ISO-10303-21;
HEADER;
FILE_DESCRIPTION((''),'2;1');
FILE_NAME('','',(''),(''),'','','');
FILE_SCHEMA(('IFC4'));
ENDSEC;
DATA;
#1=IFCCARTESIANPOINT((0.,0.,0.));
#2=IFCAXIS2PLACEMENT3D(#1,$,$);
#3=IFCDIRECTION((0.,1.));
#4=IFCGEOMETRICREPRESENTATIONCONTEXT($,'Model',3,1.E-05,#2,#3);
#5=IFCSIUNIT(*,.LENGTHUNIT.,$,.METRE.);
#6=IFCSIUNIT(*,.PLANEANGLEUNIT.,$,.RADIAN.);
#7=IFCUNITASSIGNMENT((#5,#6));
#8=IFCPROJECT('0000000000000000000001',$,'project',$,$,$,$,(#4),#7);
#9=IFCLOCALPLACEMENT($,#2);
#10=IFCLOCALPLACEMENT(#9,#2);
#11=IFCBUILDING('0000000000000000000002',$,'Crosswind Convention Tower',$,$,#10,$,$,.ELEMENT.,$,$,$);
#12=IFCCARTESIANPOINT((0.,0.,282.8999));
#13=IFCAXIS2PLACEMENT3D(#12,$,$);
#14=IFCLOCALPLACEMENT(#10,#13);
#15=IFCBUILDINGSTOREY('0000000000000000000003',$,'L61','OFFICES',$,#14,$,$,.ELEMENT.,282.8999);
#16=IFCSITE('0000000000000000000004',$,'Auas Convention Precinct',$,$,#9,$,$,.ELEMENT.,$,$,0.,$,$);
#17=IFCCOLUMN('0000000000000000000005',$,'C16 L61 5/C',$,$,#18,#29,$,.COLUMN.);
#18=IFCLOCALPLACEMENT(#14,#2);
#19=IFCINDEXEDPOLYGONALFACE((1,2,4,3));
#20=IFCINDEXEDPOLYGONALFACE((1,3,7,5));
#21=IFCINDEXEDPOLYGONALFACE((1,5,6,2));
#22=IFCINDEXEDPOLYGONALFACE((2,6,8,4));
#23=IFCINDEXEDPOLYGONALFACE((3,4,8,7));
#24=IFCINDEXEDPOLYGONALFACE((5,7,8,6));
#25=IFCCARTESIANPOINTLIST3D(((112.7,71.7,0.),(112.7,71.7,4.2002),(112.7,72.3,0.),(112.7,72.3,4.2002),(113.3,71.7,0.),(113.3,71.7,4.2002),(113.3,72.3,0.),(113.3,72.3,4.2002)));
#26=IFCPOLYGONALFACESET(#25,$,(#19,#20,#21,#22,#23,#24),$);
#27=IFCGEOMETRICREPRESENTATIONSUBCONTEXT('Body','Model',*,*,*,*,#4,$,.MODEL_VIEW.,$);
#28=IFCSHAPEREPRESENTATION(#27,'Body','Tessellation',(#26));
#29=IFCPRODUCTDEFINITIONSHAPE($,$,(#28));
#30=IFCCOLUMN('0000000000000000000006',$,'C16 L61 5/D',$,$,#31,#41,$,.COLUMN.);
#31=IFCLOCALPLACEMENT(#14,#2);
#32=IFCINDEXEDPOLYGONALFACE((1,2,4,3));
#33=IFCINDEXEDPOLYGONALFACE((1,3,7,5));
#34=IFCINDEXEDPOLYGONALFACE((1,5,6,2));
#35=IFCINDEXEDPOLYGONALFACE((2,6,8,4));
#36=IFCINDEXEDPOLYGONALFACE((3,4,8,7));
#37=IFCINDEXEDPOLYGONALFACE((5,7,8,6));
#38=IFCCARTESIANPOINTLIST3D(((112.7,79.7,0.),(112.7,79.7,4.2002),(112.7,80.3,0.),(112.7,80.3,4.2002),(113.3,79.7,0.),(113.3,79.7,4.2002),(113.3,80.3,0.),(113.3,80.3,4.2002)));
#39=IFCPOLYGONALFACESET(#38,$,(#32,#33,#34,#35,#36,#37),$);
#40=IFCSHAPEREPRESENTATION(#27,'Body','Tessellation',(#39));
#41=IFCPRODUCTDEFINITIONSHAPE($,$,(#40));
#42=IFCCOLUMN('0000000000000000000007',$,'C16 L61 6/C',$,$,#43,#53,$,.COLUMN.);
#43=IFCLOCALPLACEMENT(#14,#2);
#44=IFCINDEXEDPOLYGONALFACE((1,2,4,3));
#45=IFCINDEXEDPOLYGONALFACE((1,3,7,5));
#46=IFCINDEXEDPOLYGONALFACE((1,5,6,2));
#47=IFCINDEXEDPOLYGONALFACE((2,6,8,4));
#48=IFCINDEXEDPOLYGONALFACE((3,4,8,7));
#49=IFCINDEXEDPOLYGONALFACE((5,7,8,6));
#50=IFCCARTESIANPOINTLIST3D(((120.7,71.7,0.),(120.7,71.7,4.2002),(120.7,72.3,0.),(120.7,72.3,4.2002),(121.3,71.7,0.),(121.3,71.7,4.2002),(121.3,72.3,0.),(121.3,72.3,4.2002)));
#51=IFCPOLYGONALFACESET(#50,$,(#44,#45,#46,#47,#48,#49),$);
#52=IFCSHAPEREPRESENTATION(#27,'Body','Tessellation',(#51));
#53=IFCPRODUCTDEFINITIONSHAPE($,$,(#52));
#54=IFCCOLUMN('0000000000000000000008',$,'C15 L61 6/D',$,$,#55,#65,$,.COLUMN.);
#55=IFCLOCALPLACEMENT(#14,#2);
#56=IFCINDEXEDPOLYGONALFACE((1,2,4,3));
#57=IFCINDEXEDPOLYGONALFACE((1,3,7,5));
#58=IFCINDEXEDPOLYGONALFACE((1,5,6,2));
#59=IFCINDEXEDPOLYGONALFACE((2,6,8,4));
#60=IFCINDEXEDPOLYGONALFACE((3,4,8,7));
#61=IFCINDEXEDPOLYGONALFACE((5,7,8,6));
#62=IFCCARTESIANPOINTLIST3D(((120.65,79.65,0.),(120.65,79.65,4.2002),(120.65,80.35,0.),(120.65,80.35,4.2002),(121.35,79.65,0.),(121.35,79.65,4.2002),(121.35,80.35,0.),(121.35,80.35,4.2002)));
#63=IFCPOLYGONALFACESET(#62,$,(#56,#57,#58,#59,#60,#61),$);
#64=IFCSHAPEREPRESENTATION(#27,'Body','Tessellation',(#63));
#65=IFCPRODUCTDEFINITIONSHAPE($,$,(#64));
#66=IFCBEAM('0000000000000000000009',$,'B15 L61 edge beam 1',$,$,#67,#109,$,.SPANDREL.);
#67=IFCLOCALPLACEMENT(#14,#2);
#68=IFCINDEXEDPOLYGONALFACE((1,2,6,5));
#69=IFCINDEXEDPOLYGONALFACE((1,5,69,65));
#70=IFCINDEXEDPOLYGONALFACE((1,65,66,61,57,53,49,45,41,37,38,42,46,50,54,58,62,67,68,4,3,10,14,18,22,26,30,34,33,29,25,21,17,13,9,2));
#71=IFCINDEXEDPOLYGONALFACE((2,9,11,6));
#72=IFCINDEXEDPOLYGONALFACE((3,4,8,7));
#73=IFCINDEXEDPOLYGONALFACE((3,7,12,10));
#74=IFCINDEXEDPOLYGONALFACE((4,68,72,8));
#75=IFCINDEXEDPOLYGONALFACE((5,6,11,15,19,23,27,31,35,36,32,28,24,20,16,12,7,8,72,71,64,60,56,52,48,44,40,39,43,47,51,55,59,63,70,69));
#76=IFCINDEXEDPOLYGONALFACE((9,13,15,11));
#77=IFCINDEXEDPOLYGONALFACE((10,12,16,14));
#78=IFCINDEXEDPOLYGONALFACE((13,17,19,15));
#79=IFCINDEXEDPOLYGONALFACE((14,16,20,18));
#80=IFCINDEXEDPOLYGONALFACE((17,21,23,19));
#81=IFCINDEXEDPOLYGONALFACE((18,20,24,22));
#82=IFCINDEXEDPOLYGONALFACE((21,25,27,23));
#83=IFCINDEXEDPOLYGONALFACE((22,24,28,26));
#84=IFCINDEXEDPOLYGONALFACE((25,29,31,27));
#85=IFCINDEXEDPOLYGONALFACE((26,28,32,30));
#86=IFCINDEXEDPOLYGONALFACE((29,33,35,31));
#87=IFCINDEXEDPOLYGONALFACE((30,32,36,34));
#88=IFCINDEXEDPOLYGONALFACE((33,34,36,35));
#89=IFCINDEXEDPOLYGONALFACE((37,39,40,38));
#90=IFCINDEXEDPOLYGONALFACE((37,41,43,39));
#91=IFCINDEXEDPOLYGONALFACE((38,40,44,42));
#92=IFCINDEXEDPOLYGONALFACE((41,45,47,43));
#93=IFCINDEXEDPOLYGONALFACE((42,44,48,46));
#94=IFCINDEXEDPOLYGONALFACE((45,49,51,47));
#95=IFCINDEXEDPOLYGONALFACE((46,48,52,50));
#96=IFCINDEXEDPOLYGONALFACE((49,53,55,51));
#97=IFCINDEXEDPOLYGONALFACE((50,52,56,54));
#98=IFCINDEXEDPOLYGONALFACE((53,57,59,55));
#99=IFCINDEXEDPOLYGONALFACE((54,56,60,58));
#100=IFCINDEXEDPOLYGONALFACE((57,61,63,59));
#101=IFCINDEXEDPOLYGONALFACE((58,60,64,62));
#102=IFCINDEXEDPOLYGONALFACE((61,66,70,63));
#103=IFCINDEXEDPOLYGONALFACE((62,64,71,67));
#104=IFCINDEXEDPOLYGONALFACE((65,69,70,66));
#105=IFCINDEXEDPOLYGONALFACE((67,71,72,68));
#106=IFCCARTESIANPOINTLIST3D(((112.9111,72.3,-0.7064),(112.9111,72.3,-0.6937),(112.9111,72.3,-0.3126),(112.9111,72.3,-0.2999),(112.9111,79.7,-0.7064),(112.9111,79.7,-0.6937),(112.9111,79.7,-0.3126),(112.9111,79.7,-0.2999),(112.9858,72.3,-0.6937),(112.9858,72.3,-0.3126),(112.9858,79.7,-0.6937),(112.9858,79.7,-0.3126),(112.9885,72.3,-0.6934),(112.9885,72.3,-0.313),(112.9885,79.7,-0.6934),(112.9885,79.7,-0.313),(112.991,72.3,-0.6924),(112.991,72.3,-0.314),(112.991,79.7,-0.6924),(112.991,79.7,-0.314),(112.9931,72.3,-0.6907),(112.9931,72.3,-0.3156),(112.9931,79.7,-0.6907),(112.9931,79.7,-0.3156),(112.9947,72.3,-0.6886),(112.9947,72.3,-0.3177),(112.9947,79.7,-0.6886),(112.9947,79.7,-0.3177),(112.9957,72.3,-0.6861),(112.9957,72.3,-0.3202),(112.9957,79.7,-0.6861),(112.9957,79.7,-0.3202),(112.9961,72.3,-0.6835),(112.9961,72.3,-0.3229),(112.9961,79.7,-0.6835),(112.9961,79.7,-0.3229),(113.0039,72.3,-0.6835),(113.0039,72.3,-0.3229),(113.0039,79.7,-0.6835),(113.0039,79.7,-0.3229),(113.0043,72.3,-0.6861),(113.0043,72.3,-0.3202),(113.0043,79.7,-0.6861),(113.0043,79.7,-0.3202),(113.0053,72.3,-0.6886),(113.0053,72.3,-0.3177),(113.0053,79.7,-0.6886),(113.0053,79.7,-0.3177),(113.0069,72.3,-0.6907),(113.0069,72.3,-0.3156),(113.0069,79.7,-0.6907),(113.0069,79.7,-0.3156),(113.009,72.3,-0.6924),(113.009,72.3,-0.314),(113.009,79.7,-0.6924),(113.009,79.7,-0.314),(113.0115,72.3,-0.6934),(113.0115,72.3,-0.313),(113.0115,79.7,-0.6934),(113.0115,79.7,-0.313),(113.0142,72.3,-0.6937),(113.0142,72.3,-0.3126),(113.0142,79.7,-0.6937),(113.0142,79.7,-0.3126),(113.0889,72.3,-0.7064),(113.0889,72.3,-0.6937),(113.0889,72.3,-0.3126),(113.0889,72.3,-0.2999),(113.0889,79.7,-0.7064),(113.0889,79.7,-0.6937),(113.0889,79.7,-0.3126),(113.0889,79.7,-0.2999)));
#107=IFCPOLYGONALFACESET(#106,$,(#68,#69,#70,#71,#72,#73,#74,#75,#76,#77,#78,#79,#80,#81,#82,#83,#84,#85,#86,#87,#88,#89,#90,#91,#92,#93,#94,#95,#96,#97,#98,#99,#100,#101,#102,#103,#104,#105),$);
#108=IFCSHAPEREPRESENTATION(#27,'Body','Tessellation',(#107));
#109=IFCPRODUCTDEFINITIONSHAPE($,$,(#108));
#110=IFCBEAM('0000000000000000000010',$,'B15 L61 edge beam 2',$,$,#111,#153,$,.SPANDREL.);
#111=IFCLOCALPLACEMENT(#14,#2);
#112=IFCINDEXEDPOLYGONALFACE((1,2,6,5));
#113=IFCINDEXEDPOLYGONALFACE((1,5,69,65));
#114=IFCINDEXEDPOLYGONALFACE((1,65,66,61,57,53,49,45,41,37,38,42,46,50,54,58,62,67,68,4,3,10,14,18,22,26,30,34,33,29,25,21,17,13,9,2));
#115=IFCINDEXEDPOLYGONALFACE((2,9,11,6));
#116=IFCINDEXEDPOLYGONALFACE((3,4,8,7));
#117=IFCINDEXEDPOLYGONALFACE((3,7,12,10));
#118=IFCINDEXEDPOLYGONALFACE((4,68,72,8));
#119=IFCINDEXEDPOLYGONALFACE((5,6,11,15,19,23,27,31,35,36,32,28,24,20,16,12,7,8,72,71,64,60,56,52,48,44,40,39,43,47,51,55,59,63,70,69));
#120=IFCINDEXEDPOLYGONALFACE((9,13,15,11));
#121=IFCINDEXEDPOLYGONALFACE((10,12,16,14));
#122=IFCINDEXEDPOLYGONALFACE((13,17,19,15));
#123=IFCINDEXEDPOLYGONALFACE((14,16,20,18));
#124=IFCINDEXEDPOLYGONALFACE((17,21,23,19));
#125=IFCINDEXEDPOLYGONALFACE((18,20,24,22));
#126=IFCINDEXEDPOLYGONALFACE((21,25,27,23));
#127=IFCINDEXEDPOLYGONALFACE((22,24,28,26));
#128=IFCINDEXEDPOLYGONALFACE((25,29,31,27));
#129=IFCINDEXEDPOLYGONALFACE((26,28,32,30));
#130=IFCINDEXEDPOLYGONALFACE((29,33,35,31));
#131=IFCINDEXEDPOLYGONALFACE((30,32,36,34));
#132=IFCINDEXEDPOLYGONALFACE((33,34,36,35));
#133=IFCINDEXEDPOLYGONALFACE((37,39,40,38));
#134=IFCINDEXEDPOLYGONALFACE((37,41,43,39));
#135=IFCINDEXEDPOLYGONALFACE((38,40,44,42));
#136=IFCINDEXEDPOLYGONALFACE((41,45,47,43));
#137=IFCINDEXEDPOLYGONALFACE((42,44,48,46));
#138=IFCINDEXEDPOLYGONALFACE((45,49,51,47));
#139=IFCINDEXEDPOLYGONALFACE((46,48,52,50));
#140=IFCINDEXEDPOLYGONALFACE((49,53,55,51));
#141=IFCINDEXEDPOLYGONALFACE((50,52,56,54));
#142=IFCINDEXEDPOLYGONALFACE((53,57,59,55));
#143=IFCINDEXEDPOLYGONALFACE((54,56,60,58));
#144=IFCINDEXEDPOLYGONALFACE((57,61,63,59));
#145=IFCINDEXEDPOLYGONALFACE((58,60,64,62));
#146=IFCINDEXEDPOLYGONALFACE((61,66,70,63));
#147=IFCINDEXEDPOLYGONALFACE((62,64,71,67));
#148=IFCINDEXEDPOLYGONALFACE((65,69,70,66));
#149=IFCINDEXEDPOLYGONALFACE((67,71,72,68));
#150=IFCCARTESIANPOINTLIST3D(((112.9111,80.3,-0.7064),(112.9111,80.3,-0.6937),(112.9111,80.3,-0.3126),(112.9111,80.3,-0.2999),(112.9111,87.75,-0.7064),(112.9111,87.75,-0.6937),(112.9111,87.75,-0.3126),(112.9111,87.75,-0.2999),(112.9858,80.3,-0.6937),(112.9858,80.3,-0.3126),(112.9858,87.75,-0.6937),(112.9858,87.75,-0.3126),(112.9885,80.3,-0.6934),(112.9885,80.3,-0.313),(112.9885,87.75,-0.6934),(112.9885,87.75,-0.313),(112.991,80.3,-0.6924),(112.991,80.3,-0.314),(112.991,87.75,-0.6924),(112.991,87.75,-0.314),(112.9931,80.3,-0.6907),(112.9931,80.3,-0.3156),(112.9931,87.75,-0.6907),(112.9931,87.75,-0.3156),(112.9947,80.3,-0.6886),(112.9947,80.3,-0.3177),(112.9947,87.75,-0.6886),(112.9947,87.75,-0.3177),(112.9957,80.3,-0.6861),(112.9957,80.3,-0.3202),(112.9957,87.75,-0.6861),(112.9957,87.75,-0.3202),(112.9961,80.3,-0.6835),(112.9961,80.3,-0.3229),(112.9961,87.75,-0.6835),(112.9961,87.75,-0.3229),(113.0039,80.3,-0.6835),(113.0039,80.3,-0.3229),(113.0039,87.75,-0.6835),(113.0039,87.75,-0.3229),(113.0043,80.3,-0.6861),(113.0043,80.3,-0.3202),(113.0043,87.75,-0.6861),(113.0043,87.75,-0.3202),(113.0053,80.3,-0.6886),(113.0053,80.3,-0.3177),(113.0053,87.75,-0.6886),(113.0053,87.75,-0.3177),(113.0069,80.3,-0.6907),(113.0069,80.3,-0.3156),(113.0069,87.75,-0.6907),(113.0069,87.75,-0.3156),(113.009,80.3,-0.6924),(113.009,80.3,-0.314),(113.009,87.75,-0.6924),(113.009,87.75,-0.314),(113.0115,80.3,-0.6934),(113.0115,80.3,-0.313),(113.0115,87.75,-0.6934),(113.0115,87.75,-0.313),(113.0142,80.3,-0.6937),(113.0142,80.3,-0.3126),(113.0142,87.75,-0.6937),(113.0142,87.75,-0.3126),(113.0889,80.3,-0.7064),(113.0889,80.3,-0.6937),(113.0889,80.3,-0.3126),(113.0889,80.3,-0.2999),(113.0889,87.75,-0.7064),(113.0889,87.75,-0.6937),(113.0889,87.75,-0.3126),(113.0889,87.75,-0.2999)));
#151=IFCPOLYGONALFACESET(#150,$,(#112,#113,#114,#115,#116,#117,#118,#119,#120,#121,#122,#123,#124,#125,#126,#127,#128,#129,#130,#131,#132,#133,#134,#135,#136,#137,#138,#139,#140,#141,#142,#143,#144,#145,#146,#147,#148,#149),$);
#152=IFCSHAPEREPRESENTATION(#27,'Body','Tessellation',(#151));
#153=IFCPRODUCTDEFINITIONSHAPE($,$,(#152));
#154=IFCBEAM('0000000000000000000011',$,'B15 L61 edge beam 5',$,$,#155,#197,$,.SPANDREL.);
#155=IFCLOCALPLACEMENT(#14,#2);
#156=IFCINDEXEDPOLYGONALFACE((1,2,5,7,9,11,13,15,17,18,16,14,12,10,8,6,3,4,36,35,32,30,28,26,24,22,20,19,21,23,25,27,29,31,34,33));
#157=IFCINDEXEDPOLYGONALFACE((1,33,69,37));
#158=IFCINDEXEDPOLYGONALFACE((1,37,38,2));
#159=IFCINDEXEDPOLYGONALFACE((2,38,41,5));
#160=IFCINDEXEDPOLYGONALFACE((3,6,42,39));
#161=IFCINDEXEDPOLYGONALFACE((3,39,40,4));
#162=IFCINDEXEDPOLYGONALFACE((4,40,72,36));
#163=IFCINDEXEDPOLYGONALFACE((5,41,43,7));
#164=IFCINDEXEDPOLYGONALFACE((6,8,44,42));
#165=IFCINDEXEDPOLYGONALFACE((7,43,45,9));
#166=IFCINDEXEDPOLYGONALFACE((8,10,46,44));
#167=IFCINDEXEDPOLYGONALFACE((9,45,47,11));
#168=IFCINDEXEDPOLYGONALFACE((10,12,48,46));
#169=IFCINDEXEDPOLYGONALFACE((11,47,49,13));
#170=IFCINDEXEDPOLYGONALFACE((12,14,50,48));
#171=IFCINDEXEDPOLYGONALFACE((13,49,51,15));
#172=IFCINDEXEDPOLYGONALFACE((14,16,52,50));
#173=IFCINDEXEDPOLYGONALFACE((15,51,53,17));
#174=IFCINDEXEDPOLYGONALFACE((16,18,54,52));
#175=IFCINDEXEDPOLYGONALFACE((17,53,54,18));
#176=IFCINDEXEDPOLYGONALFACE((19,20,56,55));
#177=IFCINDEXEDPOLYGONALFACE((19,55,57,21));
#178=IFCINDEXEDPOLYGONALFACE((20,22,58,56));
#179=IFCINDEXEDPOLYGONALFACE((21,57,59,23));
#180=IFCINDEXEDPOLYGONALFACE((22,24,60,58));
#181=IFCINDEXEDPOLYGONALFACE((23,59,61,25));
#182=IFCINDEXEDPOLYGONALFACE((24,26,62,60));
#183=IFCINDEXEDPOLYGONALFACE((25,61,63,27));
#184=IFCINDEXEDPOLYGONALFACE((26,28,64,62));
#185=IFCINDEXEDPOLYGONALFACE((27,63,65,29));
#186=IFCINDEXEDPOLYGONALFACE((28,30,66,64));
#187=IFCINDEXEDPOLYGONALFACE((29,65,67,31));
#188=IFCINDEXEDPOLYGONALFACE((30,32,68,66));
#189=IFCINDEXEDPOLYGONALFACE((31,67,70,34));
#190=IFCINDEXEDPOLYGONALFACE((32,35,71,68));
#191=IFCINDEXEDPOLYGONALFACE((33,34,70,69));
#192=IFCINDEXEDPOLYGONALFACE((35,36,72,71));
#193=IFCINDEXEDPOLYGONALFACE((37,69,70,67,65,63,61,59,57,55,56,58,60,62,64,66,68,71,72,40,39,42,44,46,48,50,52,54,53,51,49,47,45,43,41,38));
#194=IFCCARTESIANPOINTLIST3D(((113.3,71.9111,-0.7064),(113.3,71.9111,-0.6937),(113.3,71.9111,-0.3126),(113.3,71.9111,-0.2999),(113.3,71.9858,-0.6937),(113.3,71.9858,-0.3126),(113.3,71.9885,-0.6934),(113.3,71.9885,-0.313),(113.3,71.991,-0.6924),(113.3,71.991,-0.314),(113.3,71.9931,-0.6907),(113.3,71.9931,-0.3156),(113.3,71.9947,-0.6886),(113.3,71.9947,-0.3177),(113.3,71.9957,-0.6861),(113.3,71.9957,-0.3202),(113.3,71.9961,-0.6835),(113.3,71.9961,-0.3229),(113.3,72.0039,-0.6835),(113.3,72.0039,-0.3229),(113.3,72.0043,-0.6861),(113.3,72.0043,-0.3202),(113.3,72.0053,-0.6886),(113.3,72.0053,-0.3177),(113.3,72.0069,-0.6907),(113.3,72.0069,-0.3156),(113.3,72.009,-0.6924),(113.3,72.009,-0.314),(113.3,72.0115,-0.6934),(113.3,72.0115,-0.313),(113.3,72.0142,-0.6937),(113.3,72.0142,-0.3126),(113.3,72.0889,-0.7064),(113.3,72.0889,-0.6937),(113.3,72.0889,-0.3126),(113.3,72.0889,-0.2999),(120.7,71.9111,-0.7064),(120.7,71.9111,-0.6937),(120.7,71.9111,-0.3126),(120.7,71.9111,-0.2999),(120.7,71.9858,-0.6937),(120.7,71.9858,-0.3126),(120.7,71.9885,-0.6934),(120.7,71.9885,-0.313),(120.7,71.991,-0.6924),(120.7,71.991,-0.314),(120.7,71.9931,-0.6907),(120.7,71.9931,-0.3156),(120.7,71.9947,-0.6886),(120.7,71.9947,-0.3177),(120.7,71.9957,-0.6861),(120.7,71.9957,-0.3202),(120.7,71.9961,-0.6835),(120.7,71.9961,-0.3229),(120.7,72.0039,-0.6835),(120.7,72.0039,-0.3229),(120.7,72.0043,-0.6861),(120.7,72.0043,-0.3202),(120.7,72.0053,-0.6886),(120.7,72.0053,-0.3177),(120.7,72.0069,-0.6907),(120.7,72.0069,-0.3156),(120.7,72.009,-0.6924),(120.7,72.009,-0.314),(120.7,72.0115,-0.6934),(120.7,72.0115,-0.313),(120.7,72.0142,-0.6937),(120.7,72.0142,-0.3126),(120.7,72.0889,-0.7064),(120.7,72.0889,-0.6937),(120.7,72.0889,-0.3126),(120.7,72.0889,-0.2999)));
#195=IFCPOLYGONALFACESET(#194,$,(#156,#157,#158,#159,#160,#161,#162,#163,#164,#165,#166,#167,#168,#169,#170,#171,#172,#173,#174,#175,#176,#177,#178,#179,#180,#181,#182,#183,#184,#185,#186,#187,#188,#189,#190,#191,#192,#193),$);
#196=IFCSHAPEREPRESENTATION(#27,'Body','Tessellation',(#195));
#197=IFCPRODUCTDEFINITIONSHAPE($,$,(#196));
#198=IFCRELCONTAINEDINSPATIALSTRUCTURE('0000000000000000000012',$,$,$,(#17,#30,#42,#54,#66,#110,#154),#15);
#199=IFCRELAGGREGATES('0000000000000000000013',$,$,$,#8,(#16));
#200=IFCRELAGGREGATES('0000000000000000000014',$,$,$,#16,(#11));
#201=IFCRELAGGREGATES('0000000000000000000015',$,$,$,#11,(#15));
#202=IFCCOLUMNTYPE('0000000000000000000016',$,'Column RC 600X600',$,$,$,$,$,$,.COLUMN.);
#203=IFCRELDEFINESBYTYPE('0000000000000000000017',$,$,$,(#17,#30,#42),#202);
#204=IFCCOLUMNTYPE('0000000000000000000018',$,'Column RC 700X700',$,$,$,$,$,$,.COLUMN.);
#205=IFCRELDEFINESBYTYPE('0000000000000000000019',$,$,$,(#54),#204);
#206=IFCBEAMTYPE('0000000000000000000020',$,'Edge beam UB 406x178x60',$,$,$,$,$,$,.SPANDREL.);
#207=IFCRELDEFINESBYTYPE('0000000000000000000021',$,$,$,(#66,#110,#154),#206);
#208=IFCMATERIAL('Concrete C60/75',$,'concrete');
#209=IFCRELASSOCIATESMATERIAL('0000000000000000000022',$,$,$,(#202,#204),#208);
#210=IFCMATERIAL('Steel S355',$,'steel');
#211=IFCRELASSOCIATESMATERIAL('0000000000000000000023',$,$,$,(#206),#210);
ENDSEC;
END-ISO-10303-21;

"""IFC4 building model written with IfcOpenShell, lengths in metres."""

from ifc_helpers import new_model, si_unit, direction, frame, origin, origin_2d, place, context, subcontext, project, spatial, rectangle, i_section, extrude, material, material_profile, profile_set, type_object, element, save


model = new_model("IFC4")

# Units and contexts
model_context = context("Model", 3, precision=1e-05, world=origin(), true_north=direction((0.0, 1.0)))
body_context = subcontext(model_context, "Body", "Model", "MODEL_VIEW")
ifc_project = project(units=[si_unit("LENGTHUNIT", "METRE"), si_unit("PLANEANGLEUNIT", "RADIAN")], contexts=[model_context])

# Site, building, storey
site_placement = place(None, origin())
site = spatial("IfcSite", under=ifc_project, at=site_placement, Name="Auas Convention Precinct", CompositionType="ELEMENT", RefElevation=0.0)
building_placement = place(site_placement, origin())
building = spatial("IfcBuilding", under=site, at=building_placement, Name="Crosswind Convention Tower", CompositionType="ELEMENT")
storey_placement = place(building_placement, frame((0.0, 0.0, 282.8999)))
storey = spatial("IfcBuildingStorey", under=building, at=storey_placement, Name="L61", Description="OFFICES", CompositionType="ELEMENT", Elevation=282.8999)

# Columns
ifc_material_1 = material(Name="Concrete C60/75", Category="concrete")
ifc_material_profile_1 = material_profile(ifc_material_1, rectangle(XDim=0.6001, YDim=0.6001, at=origin_2d()), Name="RC 600X600")
ifc_profile_set_1 = profile_set([ifc_material_profile_1], Name="Concrete C60/75")
column_type_1 = type_object("IfcColumnType", Name="Column RC 600X600", PredefinedType="COLUMN", material=ifc_profile_set_1)
for number, where, z_axis, x_axis, name in (
    (1, (113.0, 72.0, 0.0), (0.0, 0.0, 1.0), (1.0, 0.0, 0.0), "C16 L61 5/C"),
    (2, (113.0, 80.0, 0.0), (0.0, 0.0, 1.0), (1.0, 0.0, 0.0), "C16 L61 5/D"),
    (3, (121.0, 72.0, 0.0), (0.0, 0.0, 1.0), (1.0, 0.0, 0.0), "C16 L61 6/C"),
):
    element("IfcColumn", number, at=place(storey_placement, frame(where, z_axis=z_axis, x_axis=x_axis)), inside=storey, type_object=column_type_1, Name=name, PredefinedType="COLUMN", context=body_context, shape_type="SweptSolid", body=[
        extrude(rectangle(XDim=0.6001, YDim=0.6001, at=origin_2d()), origin(), (0.0, 0.0, 1.0), 4.2002),
    ])
ifc_material_profile_2 = material_profile(ifc_material_1, rectangle(XDim=0.7, YDim=0.7, at=origin_2d()), Name="RC 700X700")
ifc_profile_set_2 = profile_set([ifc_material_profile_2], Name="Concrete C60/75")
column_type_2 = type_object("IfcColumnType", Name="Column RC 700X700", PredefinedType="COLUMN", material=ifc_profile_set_2)
column_placement = place(storey_placement, frame((121.0, 80.0, 0.0), z_axis=(0.0, 0.0, 1.0), x_axis=(1.0, 0.0, 0.0)))
element("IfcColumn", 4, at=column_placement, inside=storey, type_object=column_type_2, Name="C15 L61 6/D", PredefinedType="COLUMN", context=body_context, shape_type="SweptSolid", body=[
    extrude(rectangle(XDim=0.7, YDim=0.7, at=origin_2d()), origin(), (0.0, 0.0, 1.0), 4.2002),
])

# Beams
ifc_material_2 = material(Name="Steel S355", Category="steel")
ifc_material_profile_3 = material_profile(ifc_material_2, i_section(OverallWidth=0.1777, OverallDepth=0.4065, WebThickness=0.0078, FlangeThickness=0.0127, FilletRadius=0.0103, at=origin_2d()), Name="UB 406x178x60")
ifc_profile_set_3 = profile_set([ifc_material_profile_3], Name="Steel S355")
beam_type_1 = type_object("IfcBeamType", Name="Edge beam UB 406x178x60", PredefinedType="SPANDREL", material=ifc_profile_set_3)
beam_1_placement = place(storey_placement, frame((113.0, 72.3, -0.5032), z_axis=(0.0, 1.0, 0.0), x_axis=(-1.0, 0.0, 0.0)))
element("IfcBeam", 5, at=beam_1_placement, inside=storey, type_object=beam_type_1, Name="B15 L61 edge beam 1", PredefinedType="SPANDREL", context=body_context, shape_type="SweptSolid", body=[
    extrude(i_section(OverallWidth=0.1777, OverallDepth=0.4065, WebThickness=0.0078, FlangeThickness=0.0127, FilletRadius=0.0103, at=origin_2d()), origin(), (0.0, 0.0, 1.0), 7.3999),
])
beam_2_placement = place(storey_placement, frame((113.0, 80.3, -0.5032), z_axis=(0.0, 1.0, 0.0), x_axis=(-1.0, 0.0, 0.0)))
element("IfcBeam", 6, at=beam_2_placement, inside=storey, type_object=beam_type_1, Name="B15 L61 edge beam 2", PredefinedType="SPANDREL", context=body_context, shape_type="SweptSolid", body=[
    extrude(i_section(OverallWidth=0.1777, OverallDepth=0.4065, WebThickness=0.0078, FlangeThickness=0.0127, FilletRadius=0.0103, at=origin_2d()), origin(), (0.0, 0.0, 1.0), 7.45),
])
beam_3_placement = place(storey_placement, frame((113.3, 72.0, -0.5032), z_axis=(1.0, 0.0, 0.0), x_axis=(0.0, 1.0, 0.0)))
element("IfcBeam", 7, at=beam_3_placement, inside=storey, type_object=beam_type_1, Name="B15 L61 edge beam 5", PredefinedType="SPANDREL", context=body_context, shape_type="SweptSolid", body=[
    extrude(i_section(OverallWidth=0.1777, OverallDepth=0.4065, WebThickness=0.0078, FlangeThickness=0.0127, FilletRadius=0.0103, at=origin_2d()), origin(), (0.0, 0.0, 1.0), 7.3999),
])

save(model, "model.ifc")
